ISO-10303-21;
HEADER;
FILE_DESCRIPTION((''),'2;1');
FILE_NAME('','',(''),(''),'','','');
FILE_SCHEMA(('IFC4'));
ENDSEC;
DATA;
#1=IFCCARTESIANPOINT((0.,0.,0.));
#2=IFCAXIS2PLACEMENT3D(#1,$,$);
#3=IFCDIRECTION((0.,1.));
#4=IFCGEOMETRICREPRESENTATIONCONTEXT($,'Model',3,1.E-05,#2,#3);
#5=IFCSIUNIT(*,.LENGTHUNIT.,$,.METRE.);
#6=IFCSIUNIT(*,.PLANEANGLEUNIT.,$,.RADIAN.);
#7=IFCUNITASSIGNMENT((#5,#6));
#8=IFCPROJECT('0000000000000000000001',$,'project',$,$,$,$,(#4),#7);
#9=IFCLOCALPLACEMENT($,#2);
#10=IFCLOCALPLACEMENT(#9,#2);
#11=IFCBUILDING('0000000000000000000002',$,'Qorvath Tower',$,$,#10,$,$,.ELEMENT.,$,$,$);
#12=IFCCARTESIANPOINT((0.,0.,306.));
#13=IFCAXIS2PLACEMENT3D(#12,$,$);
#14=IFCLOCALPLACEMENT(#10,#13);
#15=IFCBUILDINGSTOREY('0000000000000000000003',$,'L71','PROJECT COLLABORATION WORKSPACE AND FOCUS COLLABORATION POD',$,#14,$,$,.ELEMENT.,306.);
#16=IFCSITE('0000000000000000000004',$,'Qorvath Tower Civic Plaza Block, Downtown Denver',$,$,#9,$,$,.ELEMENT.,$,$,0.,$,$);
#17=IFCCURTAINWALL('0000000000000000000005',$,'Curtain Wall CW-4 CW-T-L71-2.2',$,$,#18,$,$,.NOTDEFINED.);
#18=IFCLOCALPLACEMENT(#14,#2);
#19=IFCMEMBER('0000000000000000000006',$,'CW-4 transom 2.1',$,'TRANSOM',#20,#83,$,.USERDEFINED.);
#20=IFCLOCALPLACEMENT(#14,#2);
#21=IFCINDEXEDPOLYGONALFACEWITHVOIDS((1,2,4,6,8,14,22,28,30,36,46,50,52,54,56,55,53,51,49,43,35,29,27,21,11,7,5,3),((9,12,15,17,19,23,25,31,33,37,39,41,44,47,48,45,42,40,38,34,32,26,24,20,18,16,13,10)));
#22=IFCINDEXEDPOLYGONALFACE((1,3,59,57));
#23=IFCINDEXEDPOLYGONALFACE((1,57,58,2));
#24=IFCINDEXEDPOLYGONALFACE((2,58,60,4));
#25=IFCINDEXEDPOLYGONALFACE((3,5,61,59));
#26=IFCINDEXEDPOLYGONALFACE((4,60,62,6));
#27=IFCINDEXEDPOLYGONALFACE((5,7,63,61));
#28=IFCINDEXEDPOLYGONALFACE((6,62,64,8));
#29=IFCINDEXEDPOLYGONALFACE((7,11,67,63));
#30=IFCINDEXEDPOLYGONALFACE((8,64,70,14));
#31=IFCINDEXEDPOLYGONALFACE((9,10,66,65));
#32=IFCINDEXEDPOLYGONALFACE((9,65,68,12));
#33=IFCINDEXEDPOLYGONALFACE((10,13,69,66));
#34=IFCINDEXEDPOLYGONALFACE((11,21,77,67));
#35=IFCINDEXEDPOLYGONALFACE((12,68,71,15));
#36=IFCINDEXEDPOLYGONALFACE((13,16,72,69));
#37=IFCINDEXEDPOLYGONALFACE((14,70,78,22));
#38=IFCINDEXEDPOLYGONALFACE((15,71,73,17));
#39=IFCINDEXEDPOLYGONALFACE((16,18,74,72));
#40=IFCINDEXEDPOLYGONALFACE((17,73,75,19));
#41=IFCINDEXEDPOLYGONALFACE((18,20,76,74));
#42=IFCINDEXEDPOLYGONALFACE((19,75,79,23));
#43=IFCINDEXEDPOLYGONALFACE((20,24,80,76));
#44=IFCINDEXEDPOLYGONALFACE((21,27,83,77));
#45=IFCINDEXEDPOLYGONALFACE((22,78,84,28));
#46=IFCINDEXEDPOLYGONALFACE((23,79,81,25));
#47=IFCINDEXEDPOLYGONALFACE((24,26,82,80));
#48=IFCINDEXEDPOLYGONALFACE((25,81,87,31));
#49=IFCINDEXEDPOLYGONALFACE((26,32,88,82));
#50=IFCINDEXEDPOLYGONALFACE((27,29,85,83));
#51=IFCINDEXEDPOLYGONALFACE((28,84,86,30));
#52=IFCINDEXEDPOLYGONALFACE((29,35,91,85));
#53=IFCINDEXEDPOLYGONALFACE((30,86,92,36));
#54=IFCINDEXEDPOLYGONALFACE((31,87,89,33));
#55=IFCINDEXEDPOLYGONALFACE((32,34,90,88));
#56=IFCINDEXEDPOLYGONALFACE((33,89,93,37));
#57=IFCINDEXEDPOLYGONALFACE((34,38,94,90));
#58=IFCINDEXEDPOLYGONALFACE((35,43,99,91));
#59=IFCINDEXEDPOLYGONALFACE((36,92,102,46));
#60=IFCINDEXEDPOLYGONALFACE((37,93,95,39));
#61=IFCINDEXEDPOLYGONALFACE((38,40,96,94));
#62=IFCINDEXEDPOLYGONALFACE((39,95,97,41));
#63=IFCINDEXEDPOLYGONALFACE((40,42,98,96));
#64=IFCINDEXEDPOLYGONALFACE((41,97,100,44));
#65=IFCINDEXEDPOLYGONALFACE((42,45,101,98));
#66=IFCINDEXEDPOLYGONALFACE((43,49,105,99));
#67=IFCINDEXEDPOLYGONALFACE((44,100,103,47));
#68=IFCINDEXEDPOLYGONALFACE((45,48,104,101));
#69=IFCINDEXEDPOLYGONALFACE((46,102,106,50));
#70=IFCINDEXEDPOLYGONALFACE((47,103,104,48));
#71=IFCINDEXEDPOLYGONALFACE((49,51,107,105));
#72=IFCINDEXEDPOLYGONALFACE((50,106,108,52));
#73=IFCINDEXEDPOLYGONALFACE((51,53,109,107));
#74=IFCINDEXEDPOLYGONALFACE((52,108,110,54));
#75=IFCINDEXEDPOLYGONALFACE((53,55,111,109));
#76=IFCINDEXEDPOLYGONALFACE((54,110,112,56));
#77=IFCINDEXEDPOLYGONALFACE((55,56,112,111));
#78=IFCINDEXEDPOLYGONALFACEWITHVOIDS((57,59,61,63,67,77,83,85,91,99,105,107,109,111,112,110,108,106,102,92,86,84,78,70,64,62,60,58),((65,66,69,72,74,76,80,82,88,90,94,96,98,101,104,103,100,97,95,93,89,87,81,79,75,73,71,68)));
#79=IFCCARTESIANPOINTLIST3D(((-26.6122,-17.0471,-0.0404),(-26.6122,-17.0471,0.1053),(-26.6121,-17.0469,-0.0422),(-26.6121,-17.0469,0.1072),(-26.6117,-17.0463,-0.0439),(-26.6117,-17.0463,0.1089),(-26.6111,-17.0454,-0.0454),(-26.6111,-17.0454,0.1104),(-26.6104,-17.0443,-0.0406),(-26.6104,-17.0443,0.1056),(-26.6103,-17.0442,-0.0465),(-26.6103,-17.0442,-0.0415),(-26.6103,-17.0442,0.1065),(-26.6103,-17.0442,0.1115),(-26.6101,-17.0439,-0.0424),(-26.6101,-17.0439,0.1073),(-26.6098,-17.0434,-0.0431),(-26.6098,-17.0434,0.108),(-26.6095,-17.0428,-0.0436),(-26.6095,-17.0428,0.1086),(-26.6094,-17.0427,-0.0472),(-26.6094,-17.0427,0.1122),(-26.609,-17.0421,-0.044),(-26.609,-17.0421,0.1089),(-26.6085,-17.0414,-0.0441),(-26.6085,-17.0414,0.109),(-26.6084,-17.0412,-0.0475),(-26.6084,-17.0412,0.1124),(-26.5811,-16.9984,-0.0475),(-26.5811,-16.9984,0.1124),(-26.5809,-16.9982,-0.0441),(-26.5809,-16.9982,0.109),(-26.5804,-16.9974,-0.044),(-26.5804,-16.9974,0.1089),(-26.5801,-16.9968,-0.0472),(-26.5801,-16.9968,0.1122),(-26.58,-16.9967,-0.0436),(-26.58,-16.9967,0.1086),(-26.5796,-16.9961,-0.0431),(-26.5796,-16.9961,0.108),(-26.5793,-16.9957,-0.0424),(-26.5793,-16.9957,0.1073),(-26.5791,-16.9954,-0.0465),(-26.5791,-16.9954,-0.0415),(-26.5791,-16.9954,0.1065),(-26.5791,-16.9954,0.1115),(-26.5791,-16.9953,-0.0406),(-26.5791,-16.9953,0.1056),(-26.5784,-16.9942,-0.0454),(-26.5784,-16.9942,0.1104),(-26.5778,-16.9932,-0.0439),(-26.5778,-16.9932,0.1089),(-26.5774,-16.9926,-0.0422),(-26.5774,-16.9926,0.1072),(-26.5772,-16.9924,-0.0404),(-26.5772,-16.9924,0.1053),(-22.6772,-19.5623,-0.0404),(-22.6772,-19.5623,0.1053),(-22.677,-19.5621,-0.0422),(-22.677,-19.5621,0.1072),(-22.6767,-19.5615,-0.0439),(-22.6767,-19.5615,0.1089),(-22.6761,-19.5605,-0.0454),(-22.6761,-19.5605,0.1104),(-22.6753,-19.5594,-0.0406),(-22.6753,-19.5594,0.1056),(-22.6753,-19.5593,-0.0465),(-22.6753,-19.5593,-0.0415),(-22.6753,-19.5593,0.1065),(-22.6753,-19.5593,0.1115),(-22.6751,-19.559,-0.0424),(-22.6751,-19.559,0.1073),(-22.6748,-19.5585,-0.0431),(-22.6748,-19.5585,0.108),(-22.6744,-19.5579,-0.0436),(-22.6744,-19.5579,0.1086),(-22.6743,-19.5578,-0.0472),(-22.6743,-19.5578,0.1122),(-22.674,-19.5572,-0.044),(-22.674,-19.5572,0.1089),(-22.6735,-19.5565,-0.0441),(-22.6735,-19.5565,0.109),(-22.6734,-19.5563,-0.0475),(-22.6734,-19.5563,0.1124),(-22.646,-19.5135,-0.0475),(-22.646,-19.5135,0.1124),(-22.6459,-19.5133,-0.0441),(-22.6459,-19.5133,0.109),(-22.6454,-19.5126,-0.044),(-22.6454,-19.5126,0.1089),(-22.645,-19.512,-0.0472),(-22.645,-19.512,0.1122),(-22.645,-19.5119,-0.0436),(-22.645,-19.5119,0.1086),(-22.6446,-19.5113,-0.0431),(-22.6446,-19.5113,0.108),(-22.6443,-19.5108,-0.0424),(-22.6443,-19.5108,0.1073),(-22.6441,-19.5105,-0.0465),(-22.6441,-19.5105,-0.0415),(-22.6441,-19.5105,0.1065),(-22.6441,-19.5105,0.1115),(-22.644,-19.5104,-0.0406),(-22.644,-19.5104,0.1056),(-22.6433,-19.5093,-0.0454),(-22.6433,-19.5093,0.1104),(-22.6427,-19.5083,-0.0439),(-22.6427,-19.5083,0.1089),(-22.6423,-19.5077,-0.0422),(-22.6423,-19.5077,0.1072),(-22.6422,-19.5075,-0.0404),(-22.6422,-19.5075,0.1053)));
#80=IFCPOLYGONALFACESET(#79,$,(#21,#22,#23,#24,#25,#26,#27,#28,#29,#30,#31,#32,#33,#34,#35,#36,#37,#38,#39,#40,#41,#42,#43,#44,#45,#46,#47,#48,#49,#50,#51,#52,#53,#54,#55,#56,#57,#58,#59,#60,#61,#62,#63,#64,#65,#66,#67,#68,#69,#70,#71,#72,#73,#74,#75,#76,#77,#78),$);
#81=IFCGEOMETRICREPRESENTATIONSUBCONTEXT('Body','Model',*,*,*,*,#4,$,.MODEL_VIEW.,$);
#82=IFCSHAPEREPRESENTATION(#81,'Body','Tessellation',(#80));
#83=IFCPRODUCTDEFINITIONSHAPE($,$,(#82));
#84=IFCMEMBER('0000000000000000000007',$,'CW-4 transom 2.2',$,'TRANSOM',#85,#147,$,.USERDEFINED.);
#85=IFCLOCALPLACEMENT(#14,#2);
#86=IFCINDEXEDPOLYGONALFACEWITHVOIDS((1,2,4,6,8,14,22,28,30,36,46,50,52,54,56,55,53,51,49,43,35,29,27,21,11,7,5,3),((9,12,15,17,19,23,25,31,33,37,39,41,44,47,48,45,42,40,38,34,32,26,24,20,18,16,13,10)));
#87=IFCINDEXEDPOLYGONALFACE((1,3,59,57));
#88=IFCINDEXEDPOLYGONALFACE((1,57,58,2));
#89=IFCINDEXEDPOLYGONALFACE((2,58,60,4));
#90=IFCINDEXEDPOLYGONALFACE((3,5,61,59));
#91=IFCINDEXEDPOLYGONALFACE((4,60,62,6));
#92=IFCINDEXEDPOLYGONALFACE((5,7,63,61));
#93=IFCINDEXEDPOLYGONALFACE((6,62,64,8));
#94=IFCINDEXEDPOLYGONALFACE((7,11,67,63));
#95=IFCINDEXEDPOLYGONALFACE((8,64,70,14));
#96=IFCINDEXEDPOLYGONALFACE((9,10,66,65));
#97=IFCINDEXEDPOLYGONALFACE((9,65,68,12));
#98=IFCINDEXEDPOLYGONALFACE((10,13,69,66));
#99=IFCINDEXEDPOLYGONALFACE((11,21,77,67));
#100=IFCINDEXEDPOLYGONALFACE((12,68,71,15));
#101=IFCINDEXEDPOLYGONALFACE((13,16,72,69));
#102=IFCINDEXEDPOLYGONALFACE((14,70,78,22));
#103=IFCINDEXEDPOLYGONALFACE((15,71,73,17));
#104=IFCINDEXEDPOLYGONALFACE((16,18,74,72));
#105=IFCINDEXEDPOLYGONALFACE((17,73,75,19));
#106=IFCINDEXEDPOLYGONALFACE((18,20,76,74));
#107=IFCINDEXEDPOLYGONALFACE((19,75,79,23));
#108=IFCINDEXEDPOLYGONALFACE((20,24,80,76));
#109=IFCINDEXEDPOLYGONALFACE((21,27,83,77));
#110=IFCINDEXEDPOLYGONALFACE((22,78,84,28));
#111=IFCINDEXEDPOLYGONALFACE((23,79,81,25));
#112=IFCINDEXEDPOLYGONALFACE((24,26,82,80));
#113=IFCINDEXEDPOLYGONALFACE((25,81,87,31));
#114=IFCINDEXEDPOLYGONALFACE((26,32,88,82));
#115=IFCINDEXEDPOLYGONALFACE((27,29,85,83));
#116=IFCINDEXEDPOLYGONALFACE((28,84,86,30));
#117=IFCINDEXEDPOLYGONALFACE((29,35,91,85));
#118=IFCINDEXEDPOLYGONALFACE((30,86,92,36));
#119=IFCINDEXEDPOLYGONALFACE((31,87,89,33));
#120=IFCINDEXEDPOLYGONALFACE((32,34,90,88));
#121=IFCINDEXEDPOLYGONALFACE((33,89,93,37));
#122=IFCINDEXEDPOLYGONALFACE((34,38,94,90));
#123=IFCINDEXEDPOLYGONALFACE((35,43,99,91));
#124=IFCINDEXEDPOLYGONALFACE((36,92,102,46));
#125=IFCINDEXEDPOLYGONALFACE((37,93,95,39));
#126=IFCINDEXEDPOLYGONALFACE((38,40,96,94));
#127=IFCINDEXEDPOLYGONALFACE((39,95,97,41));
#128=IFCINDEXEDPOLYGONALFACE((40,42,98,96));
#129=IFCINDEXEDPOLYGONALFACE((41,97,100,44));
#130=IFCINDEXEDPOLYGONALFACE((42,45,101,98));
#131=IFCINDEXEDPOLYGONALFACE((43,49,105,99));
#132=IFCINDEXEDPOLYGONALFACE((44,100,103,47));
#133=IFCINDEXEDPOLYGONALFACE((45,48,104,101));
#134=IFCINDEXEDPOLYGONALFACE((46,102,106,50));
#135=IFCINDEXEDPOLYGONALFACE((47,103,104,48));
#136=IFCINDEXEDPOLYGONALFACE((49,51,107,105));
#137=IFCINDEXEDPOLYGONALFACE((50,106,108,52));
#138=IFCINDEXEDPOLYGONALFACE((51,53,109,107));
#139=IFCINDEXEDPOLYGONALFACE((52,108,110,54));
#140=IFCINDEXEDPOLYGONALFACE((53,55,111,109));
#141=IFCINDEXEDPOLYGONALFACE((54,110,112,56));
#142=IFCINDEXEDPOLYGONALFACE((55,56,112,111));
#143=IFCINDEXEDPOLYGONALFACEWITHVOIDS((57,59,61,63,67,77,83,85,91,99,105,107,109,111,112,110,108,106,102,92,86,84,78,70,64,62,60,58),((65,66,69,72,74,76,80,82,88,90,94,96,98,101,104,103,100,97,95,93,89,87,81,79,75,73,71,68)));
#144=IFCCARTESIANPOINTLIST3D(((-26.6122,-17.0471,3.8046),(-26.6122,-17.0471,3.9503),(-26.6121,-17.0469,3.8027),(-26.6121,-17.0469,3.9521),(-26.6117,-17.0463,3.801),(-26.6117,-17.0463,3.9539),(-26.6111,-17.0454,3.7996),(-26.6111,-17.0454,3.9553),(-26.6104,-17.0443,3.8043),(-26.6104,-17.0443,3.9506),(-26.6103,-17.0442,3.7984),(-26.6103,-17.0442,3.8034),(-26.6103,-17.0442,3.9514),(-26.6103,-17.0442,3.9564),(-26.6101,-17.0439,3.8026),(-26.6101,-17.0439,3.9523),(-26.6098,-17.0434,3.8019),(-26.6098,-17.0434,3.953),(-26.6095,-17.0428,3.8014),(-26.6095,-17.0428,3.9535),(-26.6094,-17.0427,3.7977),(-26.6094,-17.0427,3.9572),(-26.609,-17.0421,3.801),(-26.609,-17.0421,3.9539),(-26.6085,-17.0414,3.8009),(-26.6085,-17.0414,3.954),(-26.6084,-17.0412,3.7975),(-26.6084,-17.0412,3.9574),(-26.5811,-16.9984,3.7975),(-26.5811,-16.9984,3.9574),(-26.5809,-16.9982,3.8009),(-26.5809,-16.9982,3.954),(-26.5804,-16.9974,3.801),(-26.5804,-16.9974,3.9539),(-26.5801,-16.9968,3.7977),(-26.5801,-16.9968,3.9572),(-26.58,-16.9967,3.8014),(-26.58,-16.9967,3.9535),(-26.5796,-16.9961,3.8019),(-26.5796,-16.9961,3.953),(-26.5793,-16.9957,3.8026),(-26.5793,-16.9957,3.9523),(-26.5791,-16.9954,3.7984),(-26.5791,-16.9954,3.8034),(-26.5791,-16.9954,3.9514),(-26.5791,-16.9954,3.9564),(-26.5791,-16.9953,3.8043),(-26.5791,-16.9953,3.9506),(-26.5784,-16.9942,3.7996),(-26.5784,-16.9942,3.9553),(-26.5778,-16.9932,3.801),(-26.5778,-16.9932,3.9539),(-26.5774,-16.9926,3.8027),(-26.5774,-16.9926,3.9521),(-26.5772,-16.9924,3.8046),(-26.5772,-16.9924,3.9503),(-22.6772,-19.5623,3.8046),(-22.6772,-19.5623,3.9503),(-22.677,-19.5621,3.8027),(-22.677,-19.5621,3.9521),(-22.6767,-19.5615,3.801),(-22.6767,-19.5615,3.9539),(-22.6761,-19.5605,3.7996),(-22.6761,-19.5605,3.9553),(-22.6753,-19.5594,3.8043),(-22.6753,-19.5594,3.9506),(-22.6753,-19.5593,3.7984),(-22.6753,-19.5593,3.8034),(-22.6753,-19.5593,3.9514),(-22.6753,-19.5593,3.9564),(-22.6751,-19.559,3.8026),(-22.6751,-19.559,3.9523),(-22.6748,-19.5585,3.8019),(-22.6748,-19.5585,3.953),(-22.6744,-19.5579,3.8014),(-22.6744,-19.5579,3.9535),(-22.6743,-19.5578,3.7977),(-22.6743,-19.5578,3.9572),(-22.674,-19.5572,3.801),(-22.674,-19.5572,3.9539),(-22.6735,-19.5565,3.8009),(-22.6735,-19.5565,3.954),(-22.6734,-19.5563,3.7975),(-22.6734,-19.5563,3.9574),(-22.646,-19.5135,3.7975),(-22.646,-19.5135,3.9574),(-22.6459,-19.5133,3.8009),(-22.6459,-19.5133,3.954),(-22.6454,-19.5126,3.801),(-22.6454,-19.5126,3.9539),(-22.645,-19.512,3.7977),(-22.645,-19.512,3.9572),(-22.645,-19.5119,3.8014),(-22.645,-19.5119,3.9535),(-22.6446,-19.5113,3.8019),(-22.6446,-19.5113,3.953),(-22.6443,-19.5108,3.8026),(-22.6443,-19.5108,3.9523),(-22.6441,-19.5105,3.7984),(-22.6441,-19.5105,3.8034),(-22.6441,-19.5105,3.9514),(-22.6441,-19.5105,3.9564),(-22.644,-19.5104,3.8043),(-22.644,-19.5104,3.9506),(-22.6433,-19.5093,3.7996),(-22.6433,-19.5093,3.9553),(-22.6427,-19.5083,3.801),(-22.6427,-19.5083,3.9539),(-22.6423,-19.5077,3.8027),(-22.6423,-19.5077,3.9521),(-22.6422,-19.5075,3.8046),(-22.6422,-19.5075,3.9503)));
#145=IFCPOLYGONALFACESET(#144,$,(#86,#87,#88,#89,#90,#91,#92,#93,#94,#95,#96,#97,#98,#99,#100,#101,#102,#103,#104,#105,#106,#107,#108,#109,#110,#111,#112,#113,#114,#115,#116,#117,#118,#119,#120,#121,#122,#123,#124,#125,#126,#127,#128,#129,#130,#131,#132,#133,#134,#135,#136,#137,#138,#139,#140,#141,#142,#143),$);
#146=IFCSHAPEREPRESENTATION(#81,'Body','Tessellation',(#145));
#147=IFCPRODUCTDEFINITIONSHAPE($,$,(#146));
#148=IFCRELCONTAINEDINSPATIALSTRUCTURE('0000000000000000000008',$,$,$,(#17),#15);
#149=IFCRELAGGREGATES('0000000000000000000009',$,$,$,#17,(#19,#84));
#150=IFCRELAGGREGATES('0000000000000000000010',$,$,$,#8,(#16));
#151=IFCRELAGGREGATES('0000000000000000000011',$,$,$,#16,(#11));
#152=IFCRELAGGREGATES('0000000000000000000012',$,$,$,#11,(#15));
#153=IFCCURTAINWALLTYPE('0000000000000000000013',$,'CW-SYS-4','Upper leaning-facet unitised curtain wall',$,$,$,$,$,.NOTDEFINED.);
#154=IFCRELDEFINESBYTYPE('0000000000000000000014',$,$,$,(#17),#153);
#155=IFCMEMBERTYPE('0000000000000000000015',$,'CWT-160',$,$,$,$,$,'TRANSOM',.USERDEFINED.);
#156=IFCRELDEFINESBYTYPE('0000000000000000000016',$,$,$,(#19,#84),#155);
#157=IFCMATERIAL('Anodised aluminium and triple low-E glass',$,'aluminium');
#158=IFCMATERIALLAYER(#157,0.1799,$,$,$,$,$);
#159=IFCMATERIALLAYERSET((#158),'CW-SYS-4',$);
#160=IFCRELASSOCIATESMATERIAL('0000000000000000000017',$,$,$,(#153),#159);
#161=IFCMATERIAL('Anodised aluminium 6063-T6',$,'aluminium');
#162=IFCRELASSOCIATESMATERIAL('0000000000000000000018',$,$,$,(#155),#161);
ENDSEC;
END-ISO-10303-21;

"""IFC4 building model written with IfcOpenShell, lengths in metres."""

from ifc_helpers import new_model, si_unit, direction, frame, origin, origin_2d, place, context, subcontext, project, spatial, hollow_rectangle, extrude, material, layer, layer_set, material_profile, profile_set, type_object, element, aggregate, save


model = new_model("IFC4")

# Units and contexts
model_context = context("Model", 3, precision=1e-05, world=origin(), true_north=direction((0.0, 1.0)))
body_context = subcontext(model_context, "Body", "Model", "MODEL_VIEW")
ifc_project = project(units=[si_unit("LENGTHUNIT", "METRE"), si_unit("PLANEANGLEUNIT", "RADIAN")], contexts=[model_context])

# Site, building, storey
site_placement = place(None, origin())
site = spatial("IfcSite", under=ifc_project, at=site_placement, Name="Qorvath Tower Civic Plaza Block, Downtown Denver", CompositionType="ELEMENT", RefElevation=0.0)
building_placement = place(site_placement, origin())
building = spatial("IfcBuilding", under=site, at=building_placement, Name="Qorvath Tower", CompositionType="ELEMENT")
storey_placement = place(building_placement, frame((0.0, 0.0, 306.0)))
storey = spatial("IfcBuildingStorey", under=building, at=storey_placement, Name="L71", Description="PROJECT COLLABORATION WORKSPACE AND FOCUS COLLABORATION POD", CompositionType="ELEMENT", Elevation=306.0)

# Curtain wall, members
ifc_material_1 = material(Name="Anodised aluminium and triple low-E glass", Category="aluminium")
ifc_layer_1 = layer(ifc_material_1, 0.1799)
ifc_layer_set_1 = layer_set([ifc_layer_1], Name="CW-SYS-4")
curtain_wall_type = type_object("IfcCurtainWallType", Name="CW-SYS-4", Description="Upper leaning-facet unitised curtain wall", PredefinedType="NOTDEFINED", material=ifc_layer_set_1)
curtain_wall_placement = place(storey_placement, origin())
curtain_wall = element("IfcCurtainWall", 1, at=curtain_wall_placement, inside=storey, type_object=curtain_wall_type, Name="Curtain Wall CW-4 CW-T-L71-2.2", PredefinedType="NOTDEFINED")
ifc_material_2 = material(Name="Anodised aluminium 6063-T6", Category="aluminium")
ifc_material_profile_1 = material_profile(ifc_material_2, hollow_rectangle(XDim=0.0649, YDim=0.1599, WallThickness=0.0034, InnerFilletRadius=0.0034, OuterFilletRadius=0.0071, at=origin_2d()), Name="CWT 160x65")
ifc_profile_set_1 = profile_set([ifc_material_profile_1], Name="Anodised aluminium 6063-T6")
member_type_1 = type_object("IfcMemberType", Name="CWT-160", ElementType="TRANSOM", PredefinedType="USERDEFINED", material=ifc_profile_set_1)
member_1_placement = place(storey_placement, frame((-26.5947, -17.0198, 0.0325), z_axis=(0.842592, -0.538552, 0.0), x_axis=(0.538552, 0.842592, 0.0)))
member_1 = element("IfcMember", 2, at=member_1_placement, type_object=member_type_1, Name="CW-4 transom 2.1", ObjectType="TRANSOM", PredefinedType="USERDEFINED", context=body_context, shape_type="SweptSolid", body=[
    extrude(hollow_rectangle(XDim=0.0649, YDim=0.1599, WallThickness=0.0034, InnerFilletRadius=0.0034, OuterFilletRadius=0.0071, at=origin_2d()), origin(), (0.0, 0.0, 1.0), 4.6702),
])
member_2_placement = place(storey_placement, frame((-26.5947, -17.0198, 3.8774), z_axis=(0.842592, -0.538552, 0.0), x_axis=(0.538552, 0.842592, 0.0)))
member_2 = element("IfcMember", 3, at=member_2_placement, type_object=member_type_1, Name="CW-4 transom 2.2", ObjectType="TRANSOM", PredefinedType="USERDEFINED", context=body_context, shape_type="SweptSolid", body=[
    extrude(hollow_rectangle(XDim=0.0649, YDim=0.1599, WallThickness=0.0034, InnerFilletRadius=0.0034, OuterFilletRadius=0.0071, at=origin_2d()), origin(), (0.0, 0.0, 1.0), 4.6702),
])
aggregate(curtain_wall, [member_1, member_2])

save(model, "model.ifc")
